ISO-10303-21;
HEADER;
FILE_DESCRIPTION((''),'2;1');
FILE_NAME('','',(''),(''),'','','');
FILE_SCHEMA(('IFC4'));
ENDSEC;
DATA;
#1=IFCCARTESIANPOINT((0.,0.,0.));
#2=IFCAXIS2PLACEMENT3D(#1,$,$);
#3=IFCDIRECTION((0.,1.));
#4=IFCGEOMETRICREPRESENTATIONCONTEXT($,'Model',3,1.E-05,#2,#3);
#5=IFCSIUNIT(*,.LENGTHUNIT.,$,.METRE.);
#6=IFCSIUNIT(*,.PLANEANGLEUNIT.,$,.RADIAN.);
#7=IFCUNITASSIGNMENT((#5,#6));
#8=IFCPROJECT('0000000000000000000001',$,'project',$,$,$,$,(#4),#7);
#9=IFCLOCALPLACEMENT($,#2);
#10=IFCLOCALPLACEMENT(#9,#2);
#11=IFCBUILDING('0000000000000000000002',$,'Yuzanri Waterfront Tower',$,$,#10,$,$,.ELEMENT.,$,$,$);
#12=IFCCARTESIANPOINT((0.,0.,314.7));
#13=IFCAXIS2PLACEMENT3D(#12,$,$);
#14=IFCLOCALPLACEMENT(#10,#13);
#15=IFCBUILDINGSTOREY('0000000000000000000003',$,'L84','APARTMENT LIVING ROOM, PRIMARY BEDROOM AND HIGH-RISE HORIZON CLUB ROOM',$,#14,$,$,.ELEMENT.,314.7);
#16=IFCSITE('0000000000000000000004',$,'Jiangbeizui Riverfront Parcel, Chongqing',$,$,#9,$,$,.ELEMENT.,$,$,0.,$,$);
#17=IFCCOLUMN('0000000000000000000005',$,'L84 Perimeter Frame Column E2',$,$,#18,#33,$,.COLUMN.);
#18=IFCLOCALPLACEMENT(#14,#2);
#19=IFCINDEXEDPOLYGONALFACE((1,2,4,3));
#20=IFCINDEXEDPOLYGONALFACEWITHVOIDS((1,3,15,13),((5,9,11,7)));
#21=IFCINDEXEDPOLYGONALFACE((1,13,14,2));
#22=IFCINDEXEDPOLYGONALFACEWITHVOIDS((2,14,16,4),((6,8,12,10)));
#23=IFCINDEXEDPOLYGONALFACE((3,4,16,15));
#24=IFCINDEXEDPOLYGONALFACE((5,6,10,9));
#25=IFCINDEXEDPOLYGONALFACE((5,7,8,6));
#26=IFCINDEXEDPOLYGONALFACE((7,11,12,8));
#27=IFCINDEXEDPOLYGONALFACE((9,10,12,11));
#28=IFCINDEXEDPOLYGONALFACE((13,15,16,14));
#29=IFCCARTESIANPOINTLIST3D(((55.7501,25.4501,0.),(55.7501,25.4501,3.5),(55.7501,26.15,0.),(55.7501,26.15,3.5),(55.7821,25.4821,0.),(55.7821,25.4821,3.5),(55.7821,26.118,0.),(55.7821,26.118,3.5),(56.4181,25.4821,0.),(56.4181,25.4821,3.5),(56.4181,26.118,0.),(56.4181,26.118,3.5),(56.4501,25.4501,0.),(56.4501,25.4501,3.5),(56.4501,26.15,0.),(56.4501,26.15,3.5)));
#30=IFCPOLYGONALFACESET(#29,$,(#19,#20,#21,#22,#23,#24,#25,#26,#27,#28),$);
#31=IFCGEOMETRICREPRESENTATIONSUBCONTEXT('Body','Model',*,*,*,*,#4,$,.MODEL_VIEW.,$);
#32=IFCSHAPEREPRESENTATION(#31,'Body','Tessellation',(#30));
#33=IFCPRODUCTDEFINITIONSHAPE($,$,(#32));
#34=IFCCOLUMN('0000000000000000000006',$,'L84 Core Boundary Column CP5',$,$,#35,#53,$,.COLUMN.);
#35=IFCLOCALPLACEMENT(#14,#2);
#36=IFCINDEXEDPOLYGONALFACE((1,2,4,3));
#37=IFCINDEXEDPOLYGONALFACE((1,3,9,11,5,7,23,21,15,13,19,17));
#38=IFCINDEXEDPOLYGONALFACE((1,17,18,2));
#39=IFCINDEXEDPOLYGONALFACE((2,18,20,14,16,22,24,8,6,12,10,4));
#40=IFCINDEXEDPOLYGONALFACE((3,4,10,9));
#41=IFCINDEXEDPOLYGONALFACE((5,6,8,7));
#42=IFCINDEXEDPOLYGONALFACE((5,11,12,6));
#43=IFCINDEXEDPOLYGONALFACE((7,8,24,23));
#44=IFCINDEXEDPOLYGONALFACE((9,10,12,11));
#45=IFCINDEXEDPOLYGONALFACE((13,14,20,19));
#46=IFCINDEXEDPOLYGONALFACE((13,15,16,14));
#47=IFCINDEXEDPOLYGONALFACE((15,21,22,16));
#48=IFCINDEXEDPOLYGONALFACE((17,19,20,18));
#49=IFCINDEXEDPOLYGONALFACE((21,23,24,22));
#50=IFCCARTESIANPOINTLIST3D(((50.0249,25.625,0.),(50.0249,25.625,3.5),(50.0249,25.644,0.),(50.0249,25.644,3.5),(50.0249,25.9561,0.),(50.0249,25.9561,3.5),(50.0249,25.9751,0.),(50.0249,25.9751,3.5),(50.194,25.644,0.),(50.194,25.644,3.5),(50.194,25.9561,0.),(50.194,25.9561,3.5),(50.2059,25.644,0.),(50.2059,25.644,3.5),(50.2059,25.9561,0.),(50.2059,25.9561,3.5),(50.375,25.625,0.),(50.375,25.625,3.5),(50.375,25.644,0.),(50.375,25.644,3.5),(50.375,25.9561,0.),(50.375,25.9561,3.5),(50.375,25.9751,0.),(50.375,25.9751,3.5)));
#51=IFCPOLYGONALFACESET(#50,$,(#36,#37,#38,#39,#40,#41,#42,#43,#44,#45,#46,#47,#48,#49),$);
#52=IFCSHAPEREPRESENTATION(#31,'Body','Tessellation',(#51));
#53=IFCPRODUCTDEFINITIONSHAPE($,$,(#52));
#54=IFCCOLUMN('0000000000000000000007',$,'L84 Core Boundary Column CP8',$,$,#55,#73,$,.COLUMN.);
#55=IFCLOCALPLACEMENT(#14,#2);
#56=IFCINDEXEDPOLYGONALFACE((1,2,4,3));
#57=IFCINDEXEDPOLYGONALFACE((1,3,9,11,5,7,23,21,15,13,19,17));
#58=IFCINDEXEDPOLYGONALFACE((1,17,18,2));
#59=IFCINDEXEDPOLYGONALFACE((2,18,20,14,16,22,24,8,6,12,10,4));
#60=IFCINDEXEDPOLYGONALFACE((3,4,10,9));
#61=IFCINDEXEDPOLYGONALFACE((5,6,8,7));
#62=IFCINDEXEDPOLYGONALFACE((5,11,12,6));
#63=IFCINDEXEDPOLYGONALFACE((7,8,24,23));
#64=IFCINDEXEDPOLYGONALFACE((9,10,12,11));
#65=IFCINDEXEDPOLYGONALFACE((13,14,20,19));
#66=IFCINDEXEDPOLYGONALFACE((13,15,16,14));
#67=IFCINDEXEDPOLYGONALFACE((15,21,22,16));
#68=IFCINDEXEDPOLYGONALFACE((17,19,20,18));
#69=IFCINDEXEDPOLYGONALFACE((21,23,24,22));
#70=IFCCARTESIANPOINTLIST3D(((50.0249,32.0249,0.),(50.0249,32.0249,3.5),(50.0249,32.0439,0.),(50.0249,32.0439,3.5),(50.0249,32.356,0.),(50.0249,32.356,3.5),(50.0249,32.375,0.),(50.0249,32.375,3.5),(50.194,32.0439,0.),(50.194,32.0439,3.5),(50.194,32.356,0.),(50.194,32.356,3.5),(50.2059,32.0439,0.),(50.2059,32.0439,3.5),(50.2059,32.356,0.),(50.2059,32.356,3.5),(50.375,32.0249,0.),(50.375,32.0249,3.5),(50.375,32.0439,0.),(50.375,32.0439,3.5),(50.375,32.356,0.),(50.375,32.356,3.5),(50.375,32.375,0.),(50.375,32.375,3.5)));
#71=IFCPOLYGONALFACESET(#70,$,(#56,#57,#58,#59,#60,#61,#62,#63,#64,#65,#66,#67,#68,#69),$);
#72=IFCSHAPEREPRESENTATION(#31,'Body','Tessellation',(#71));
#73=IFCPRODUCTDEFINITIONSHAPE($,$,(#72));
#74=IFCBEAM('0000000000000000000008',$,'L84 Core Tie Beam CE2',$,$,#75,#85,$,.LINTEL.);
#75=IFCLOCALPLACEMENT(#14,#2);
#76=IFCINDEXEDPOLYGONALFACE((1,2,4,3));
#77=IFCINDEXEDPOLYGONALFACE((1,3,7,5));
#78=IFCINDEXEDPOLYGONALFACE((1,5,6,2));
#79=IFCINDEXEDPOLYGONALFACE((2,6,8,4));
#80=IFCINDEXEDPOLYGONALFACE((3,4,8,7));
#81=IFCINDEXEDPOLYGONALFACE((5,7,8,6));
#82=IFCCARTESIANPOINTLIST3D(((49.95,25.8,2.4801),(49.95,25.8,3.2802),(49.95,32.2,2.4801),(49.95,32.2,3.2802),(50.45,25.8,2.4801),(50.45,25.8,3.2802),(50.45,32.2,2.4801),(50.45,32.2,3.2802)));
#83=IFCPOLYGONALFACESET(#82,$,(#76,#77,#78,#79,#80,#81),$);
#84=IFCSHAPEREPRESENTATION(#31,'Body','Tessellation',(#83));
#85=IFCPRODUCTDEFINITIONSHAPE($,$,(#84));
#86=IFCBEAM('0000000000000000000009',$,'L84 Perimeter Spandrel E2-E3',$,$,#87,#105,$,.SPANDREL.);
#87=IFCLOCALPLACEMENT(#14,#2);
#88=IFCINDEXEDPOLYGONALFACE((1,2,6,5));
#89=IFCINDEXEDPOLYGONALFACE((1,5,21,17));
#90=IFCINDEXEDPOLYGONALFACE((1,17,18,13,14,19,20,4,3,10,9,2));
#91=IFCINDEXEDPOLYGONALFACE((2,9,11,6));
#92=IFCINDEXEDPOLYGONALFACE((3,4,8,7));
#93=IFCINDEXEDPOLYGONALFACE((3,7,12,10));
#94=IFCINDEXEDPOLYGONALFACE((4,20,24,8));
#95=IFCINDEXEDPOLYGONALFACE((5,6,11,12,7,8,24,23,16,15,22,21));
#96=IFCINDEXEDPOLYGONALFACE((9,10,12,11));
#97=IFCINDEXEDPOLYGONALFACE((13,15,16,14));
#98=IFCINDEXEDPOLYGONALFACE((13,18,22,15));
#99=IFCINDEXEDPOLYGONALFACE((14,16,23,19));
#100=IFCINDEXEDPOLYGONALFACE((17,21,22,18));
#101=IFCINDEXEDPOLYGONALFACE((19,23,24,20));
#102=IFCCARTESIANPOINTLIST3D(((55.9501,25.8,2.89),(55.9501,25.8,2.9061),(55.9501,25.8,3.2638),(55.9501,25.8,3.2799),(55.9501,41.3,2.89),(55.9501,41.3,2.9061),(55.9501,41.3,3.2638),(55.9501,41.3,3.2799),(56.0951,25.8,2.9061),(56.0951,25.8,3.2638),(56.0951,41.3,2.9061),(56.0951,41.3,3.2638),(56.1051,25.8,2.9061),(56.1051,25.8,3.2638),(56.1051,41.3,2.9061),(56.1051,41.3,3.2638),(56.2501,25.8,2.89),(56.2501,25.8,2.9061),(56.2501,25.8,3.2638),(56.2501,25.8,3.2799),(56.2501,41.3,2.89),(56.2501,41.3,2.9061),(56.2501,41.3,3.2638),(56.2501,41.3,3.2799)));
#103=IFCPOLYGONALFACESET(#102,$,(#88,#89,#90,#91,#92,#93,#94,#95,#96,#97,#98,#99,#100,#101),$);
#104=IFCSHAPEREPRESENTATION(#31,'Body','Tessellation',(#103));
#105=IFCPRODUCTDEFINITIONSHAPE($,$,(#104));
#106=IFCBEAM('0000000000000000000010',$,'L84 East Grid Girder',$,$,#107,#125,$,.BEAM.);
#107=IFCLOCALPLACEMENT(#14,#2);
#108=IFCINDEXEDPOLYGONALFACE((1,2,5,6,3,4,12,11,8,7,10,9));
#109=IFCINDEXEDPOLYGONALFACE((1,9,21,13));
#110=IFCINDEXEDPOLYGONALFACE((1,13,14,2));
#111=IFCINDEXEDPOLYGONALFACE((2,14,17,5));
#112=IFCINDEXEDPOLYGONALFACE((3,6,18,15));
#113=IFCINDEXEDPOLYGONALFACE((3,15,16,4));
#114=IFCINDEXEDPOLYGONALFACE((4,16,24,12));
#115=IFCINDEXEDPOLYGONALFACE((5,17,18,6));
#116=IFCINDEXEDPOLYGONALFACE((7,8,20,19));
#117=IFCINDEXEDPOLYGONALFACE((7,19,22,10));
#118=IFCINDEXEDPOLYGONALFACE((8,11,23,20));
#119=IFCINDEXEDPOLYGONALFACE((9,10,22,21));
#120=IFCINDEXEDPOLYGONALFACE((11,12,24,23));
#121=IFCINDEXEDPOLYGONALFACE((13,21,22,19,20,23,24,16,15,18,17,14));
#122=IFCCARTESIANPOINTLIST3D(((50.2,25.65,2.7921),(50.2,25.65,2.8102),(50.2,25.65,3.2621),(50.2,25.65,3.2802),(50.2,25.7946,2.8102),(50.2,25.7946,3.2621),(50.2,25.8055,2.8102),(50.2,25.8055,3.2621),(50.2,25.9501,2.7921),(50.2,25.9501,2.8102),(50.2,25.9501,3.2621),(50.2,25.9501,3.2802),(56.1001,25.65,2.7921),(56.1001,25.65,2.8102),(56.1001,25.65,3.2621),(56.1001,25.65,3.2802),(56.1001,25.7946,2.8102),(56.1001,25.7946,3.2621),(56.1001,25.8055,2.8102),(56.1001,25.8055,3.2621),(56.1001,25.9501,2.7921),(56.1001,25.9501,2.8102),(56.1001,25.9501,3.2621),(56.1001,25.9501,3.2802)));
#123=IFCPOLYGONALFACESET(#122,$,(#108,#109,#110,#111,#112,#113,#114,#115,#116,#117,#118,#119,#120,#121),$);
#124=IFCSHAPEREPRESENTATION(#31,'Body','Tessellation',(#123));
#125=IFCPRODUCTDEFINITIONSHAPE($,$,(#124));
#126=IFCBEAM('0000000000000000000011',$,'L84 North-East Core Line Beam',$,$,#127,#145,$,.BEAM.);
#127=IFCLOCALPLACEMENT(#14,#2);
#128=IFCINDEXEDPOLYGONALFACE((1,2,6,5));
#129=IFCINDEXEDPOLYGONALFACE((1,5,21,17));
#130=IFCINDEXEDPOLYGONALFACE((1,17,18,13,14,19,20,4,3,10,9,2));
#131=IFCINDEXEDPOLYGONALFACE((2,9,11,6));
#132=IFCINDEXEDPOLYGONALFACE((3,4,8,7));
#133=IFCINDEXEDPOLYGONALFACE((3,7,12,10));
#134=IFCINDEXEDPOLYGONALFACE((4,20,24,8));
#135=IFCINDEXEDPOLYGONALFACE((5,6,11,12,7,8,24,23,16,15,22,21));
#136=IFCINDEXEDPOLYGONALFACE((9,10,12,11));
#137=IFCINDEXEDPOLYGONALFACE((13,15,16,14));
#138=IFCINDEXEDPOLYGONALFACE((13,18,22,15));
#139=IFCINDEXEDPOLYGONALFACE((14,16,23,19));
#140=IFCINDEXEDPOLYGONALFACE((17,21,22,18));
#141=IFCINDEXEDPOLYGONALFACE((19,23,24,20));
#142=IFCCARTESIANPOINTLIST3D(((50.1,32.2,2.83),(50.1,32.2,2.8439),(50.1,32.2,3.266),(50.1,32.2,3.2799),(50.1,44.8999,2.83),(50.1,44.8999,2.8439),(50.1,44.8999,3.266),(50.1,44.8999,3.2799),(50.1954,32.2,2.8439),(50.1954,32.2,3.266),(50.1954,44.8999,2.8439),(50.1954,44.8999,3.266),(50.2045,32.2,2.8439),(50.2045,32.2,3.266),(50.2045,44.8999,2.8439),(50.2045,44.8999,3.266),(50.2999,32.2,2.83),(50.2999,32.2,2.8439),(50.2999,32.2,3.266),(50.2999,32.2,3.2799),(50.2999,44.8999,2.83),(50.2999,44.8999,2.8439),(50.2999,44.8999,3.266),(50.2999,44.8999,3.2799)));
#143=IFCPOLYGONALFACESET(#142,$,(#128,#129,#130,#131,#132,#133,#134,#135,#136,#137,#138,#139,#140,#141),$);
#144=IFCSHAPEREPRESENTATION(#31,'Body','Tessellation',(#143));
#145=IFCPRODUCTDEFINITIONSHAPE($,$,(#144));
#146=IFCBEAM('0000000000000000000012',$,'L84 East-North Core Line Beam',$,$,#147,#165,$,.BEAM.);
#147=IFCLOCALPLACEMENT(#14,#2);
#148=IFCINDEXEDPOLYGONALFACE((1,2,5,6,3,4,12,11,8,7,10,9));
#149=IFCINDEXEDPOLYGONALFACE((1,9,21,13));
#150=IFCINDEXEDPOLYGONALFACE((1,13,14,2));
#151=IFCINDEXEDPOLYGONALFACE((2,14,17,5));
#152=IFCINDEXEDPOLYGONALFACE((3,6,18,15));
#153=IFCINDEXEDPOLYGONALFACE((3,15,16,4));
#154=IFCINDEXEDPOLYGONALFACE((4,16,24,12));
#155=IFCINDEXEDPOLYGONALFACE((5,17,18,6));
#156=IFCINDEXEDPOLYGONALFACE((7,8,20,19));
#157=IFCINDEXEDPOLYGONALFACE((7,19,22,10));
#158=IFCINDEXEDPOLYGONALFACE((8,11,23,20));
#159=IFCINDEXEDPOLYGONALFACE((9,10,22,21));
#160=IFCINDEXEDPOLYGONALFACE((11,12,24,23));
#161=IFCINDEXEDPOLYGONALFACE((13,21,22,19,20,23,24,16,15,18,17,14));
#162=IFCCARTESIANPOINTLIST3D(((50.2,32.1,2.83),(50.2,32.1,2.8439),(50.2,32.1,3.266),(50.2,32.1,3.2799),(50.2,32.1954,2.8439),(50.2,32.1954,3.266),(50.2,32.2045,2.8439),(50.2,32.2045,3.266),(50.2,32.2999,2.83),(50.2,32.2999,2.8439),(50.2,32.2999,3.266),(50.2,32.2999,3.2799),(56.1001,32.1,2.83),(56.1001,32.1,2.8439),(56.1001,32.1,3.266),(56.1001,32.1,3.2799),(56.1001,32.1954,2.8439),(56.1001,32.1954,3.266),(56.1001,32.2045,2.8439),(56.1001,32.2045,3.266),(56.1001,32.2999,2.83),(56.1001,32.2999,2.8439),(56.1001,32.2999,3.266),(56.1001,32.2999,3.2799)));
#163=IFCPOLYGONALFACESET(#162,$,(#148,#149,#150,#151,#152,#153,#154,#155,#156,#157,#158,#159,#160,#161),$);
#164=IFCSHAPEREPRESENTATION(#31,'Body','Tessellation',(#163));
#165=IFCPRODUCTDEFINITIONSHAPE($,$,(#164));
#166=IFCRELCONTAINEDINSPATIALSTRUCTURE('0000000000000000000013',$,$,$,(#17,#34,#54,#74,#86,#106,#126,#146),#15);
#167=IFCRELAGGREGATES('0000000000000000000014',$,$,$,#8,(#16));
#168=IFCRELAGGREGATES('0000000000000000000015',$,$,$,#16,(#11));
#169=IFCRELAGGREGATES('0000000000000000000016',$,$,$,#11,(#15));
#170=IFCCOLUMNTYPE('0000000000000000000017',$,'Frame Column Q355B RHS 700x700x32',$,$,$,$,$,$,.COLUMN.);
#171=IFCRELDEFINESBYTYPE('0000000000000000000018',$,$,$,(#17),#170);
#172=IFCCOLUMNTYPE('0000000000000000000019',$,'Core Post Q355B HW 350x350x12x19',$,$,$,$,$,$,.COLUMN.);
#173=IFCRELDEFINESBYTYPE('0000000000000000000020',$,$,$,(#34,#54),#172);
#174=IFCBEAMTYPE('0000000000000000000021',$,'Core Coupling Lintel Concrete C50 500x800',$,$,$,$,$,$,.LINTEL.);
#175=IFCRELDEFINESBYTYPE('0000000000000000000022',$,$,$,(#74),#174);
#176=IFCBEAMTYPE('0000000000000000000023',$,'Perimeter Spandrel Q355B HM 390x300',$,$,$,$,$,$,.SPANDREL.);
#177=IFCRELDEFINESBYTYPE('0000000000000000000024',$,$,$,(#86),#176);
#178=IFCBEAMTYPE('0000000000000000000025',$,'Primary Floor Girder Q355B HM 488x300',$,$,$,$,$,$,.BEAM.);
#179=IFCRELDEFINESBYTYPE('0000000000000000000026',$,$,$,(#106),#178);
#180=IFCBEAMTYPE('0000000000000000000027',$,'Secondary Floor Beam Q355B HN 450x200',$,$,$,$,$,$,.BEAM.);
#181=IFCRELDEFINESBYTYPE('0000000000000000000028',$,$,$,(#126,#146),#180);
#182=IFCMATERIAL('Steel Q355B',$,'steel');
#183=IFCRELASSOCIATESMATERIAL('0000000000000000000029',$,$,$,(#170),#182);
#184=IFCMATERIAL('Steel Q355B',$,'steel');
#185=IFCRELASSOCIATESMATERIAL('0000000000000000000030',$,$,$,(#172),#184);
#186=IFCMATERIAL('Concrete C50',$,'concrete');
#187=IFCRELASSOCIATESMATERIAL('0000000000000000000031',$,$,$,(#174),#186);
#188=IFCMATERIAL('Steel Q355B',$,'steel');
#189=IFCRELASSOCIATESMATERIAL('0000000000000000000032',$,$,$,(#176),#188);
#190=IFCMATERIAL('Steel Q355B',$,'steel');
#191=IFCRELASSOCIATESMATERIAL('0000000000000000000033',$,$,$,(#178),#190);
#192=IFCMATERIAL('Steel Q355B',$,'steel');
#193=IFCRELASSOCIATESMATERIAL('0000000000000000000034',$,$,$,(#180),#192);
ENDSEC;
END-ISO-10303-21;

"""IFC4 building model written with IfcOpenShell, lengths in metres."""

from ifc_helpers import new_model, si_unit, direction, frame, origin, origin_2d, place, context, subcontext, project, spatial, rectangle, hollow_rectangle, i_section, extrude, source, transform, mapped, material, material_profile, profile_set, type_object, element, save


model = new_model("IFC4")

# Units and contexts
model_context = context("Model", 3, precision=1e-05, world=origin(), true_north=direction((0.0, 1.0)))
body_context = subcontext(model_context, "Body", "Model", "MODEL_VIEW")
ifc_project = project(units=[si_unit("LENGTHUNIT", "METRE"), si_unit("PLANEANGLEUNIT", "RADIAN")], contexts=[model_context])

# Site, building, storey
site_placement = place(None, origin())
site = spatial("IfcSite", under=ifc_project, at=site_placement, Name="Jiangbeizui Riverfront Parcel, Chongqing", CompositionType="ELEMENT", RefElevation=0.0)
building_placement = place(site_placement, origin())
building = spatial("IfcBuilding", under=site, at=building_placement, Name="Yuzanri Waterfront Tower", CompositionType="ELEMENT")
storey_placement = place(building_placement, frame((0.0, 0.0, 314.7)))
storey = spatial("IfcBuildingStorey", under=building, at=storey_placement, Name="L84", Description="APARTMENT LIVING ROOM, PRIMARY BEDROOM AND HIGH-RISE HORIZON CLUB ROOM", CompositionType="ELEMENT", Elevation=314.7)

# Columns
ifc_material_1 = material(Name="Steel Q355B", Category="steel")
ifc_material_profile_1 = material_profile(ifc_material_1, hollow_rectangle(XDim=0.7, YDim=0.7, WallThickness=0.032, at=origin_2d()), Name="RHS 700x700x32")
ifc_profile_set_1 = profile_set([ifc_material_profile_1], Name="Steel Q355B")
column_type_1 = type_object("IfcColumnType", Name="Frame Column Q355B RHS 700x700x32", PredefinedType="COLUMN", material=ifc_profile_set_1)
shared_shape_1 = source(origin(), body_context, "Body", "SweptSolid", [
    extrude(hollow_rectangle(XDim=0.7, YDim=0.7, WallThickness=0.032, at=origin_2d()), origin(), (0.0, 0.0, 1.0), 3.5),
])
column_placement = place(storey_placement, frame((56.1001, 25.8, 0.0), z_axis=(0.0, 0.0, 1.0), x_axis=(1.0, 0.0, 0.0)))
element("IfcColumn", 1, at=column_placement, inside=storey, type_object=column_type_1, Name="L84 Perimeter Frame Column E2", PredefinedType="COLUMN", context=body_context, shape_type="MappedRepresentation", body=[
    mapped(shared_shape_1, transform((0.0, 0.0, 0.0), scale=1.0)),
])
ifc_material_2 = material(Name="Steel Q355B", Category="steel")
ifc_material_profile_2 = material_profile(ifc_material_2, i_section(OverallWidth=0.3501, OverallDepth=0.3501, WebThickness=0.012, FlangeThickness=0.019, at=origin_2d()), Name="HW 350x350x12x19")
ifc_profile_set_2 = profile_set([ifc_material_profile_2], Name="Steel Q355B")
column_type_2 = type_object("IfcColumnType", Name="Core Post Q355B HW 350x350x12x19", PredefinedType="COLUMN", material=ifc_profile_set_2)
shared_shape_2 = source(origin(), body_context, "Body", "SweptSolid", [
    extrude(i_section(OverallWidth=0.3501, OverallDepth=0.3501, WebThickness=0.012, FlangeThickness=0.019, at=origin_2d()), origin(), (0.0, 0.0, 1.0), 3.5),
])
for number, where, z_axis, x_axis, name in (
    (2, (50.2, 25.8, 0.0), (0.0, 0.0, 1.0), (1.0, 0.0, 0.0), "L84 Core Boundary Column CP5"),
    (3, (50.2, 32.2, 0.0), (0.0, 0.0, 1.0), (1.0, 0.0, 0.0), "L84 Core Boundary Column CP8"),
):
    element("IfcColumn", number, at=place(storey_placement, frame(where, z_axis=z_axis, x_axis=x_axis)), inside=storey, type_object=column_type_2, Name=name, PredefinedType="COLUMN", context=body_context, shape_type="MappedRepresentation", body=[
        mapped(shared_shape_2, transform((0.0, 0.0, 0.0), scale=1.0)),
    ])

# Beams
ifc_material_3 = material(Name="Concrete C50", Category="concrete")
ifc_material_profile_3 = material_profile(ifc_material_3, rectangle(XDim=0.5, YDim=0.8, at=origin_2d()), Name="RC 500x800")
ifc_profile_set_3 = profile_set([ifc_material_profile_3], Name="Concrete C50")
beam_type_1 = type_object("IfcBeamType", Name="Core Coupling Lintel Concrete C50 500x800", PredefinedType="LINTEL", material=ifc_profile_set_3)
shared_shape_3 = source(origin(), body_context, "Body", "SweptSolid", [
    extrude(rectangle(XDim=0.5, YDim=0.8, at=origin_2d()), origin(), (0.0, 0.0, 1.0), 6.3999),
])
beam_1_placement = place(storey_placement, frame((50.2, 25.8, 2.8801), z_axis=(0.0, 1.0, 0.0), x_axis=(-1.0, 0.0, 0.0)))
element("IfcBeam", 4, at=beam_1_placement, inside=storey, type_object=beam_type_1, Name="L84 Core Tie Beam CE2", PredefinedType="LINTEL", context=body_context, shape_type="MappedRepresentation", body=[
    mapped(shared_shape_3, transform((0.0, 0.0, 0.0), scale=1.0)),
])
ifc_material_4 = material(Name="Steel Q355B", Category="steel")
ifc_material_profile_4 = material_profile(ifc_material_4, i_section(OverallWidth=0.3, OverallDepth=0.3899, WebThickness=0.01, FlangeThickness=0.0161, at=origin_2d()), Name="HM 390x300x10x16")
ifc_profile_set_4 = profile_set([ifc_material_profile_4], Name="Steel Q355B")
beam_type_2 = type_object("IfcBeamType", Name="Perimeter Spandrel Q355B HM 390x300", PredefinedType="SPANDREL", material=ifc_profile_set_4)
shared_shape_4 = source(origin(), body_context, "Body", "SweptSolid", [
    extrude(i_section(OverallWidth=0.3, OverallDepth=0.3899, WebThickness=0.01, FlangeThickness=0.0161, at=origin_2d()), origin(), (0.0, 0.0, 1.0), 15.5),
])
beam_2_placement = place(storey_placement, frame((56.1001, 25.8, 3.085), z_axis=(0.0, 1.0, 0.0), x_axis=(-1.0, 0.0, 0.0)))
element("IfcBeam", 5, at=beam_2_placement, inside=storey, type_object=beam_type_2, Name="L84 Perimeter Spandrel E2-E3", PredefinedType="SPANDREL", context=body_context, shape_type="MappedRepresentation", body=[
    mapped(shared_shape_4, transform((0.0, 0.0, 0.0), scale=1.0)),
])
ifc_material_5 = material(Name="Steel Q355B", Category="steel")
ifc_material_profile_5 = material_profile(ifc_material_5, i_section(OverallWidth=0.3, OverallDepth=0.488, WebThickness=0.011, FlangeThickness=0.0181, at=origin_2d()), Name="HM 488x300x11x18")
ifc_profile_set_5 = profile_set([ifc_material_profile_5], Name="Steel Q355B")
beam_type_3 = type_object("IfcBeamType", Name="Primary Floor Girder Q355B HM 488x300", PredefinedType="BEAM", material=ifc_profile_set_5)
shared_shape_5 = source(origin(), body_context, "Body", "SweptSolid", [
    extrude(i_section(OverallWidth=0.3, OverallDepth=0.488, WebThickness=0.011, FlangeThickness=0.0181, at=origin_2d()), origin(), (0.0, 0.0, 1.0), 5.9001),
])
beam_3_placement = place(storey_placement, frame((50.2, 25.8, 3.0361), z_axis=(1.0, 0.0, 0.0), x_axis=(0.0, 1.0, 0.0)))
element("IfcBeam", 6, at=beam_3_placement, inside=storey, type_object=beam_type_3, Name="L84 East Grid Girder", PredefinedType="BEAM", context=body_context, shape_type="MappedRepresentation", body=[
    mapped(shared_shape_5, transform((0.0, 0.0, 0.0), scale=1.0)),
])
ifc_material_6 = material(Name="Steel Q355B", Category="steel")
ifc_material_profile_6 = material_profile(ifc_material_6, i_section(OverallWidth=0.2, OverallDepth=0.45, WebThickness=0.009, FlangeThickness=0.0139, at=origin_2d()), Name="HN 450x200x9x14")
ifc_profile_set_6 = profile_set([ifc_material_profile_6], Name="Steel Q355B")
beam_type_4 = type_object("IfcBeamType", Name="Secondary Floor Beam Q355B HN 450x200", PredefinedType="BEAM", material=ifc_profile_set_6)
shared_shape_6 = source(origin(), body_context, "Body", "SweptSolid", [
    extrude(i_section(OverallWidth=0.2, OverallDepth=0.45, WebThickness=0.009, FlangeThickness=0.0139, at=origin_2d()), origin(), (0.0, 0.0, 1.0), 12.7),
])
beam_4_placement = place(storey_placement, frame((50.2, 32.2, 3.0549), z_axis=(0.0, 1.0, 0.0), x_axis=(-1.0, 0.0, 0.0)))
element("IfcBeam", 7, at=beam_4_placement, inside=storey, type_object=beam_type_4, Name="L84 North-East Core Line Beam", PredefinedType="BEAM", context=body_context, shape_type="MappedRepresentation", body=[
    mapped(shared_shape_6, transform((0.0, 0.0, 0.0), scale=1.0)),
])
shared_shape_7 = source(origin(), body_context, "Body", "SweptSolid", [
    extrude(i_section(OverallWidth=0.2, OverallDepth=0.45, WebThickness=0.009, FlangeThickness=0.0139, at=origin_2d()), origin(), (0.0, 0.0, 1.0), 5.9001),
])
beam_5_placement = place(storey_placement, frame((50.2, 32.2, 3.0549), z_axis=(1.0, 0.0, 0.0), x_axis=(0.0, 1.0, 0.0)))
element("IfcBeam", 8, at=beam_5_placement, inside=storey, type_object=beam_type_4, Name="L84 East-North Core Line Beam", PredefinedType="BEAM", context=body_context, shape_type="MappedRepresentation", body=[
    mapped(shared_shape_7, transform((0.0, 0.0, 0.0), scale=1.0)),
])

save(model, "model.ifc")
